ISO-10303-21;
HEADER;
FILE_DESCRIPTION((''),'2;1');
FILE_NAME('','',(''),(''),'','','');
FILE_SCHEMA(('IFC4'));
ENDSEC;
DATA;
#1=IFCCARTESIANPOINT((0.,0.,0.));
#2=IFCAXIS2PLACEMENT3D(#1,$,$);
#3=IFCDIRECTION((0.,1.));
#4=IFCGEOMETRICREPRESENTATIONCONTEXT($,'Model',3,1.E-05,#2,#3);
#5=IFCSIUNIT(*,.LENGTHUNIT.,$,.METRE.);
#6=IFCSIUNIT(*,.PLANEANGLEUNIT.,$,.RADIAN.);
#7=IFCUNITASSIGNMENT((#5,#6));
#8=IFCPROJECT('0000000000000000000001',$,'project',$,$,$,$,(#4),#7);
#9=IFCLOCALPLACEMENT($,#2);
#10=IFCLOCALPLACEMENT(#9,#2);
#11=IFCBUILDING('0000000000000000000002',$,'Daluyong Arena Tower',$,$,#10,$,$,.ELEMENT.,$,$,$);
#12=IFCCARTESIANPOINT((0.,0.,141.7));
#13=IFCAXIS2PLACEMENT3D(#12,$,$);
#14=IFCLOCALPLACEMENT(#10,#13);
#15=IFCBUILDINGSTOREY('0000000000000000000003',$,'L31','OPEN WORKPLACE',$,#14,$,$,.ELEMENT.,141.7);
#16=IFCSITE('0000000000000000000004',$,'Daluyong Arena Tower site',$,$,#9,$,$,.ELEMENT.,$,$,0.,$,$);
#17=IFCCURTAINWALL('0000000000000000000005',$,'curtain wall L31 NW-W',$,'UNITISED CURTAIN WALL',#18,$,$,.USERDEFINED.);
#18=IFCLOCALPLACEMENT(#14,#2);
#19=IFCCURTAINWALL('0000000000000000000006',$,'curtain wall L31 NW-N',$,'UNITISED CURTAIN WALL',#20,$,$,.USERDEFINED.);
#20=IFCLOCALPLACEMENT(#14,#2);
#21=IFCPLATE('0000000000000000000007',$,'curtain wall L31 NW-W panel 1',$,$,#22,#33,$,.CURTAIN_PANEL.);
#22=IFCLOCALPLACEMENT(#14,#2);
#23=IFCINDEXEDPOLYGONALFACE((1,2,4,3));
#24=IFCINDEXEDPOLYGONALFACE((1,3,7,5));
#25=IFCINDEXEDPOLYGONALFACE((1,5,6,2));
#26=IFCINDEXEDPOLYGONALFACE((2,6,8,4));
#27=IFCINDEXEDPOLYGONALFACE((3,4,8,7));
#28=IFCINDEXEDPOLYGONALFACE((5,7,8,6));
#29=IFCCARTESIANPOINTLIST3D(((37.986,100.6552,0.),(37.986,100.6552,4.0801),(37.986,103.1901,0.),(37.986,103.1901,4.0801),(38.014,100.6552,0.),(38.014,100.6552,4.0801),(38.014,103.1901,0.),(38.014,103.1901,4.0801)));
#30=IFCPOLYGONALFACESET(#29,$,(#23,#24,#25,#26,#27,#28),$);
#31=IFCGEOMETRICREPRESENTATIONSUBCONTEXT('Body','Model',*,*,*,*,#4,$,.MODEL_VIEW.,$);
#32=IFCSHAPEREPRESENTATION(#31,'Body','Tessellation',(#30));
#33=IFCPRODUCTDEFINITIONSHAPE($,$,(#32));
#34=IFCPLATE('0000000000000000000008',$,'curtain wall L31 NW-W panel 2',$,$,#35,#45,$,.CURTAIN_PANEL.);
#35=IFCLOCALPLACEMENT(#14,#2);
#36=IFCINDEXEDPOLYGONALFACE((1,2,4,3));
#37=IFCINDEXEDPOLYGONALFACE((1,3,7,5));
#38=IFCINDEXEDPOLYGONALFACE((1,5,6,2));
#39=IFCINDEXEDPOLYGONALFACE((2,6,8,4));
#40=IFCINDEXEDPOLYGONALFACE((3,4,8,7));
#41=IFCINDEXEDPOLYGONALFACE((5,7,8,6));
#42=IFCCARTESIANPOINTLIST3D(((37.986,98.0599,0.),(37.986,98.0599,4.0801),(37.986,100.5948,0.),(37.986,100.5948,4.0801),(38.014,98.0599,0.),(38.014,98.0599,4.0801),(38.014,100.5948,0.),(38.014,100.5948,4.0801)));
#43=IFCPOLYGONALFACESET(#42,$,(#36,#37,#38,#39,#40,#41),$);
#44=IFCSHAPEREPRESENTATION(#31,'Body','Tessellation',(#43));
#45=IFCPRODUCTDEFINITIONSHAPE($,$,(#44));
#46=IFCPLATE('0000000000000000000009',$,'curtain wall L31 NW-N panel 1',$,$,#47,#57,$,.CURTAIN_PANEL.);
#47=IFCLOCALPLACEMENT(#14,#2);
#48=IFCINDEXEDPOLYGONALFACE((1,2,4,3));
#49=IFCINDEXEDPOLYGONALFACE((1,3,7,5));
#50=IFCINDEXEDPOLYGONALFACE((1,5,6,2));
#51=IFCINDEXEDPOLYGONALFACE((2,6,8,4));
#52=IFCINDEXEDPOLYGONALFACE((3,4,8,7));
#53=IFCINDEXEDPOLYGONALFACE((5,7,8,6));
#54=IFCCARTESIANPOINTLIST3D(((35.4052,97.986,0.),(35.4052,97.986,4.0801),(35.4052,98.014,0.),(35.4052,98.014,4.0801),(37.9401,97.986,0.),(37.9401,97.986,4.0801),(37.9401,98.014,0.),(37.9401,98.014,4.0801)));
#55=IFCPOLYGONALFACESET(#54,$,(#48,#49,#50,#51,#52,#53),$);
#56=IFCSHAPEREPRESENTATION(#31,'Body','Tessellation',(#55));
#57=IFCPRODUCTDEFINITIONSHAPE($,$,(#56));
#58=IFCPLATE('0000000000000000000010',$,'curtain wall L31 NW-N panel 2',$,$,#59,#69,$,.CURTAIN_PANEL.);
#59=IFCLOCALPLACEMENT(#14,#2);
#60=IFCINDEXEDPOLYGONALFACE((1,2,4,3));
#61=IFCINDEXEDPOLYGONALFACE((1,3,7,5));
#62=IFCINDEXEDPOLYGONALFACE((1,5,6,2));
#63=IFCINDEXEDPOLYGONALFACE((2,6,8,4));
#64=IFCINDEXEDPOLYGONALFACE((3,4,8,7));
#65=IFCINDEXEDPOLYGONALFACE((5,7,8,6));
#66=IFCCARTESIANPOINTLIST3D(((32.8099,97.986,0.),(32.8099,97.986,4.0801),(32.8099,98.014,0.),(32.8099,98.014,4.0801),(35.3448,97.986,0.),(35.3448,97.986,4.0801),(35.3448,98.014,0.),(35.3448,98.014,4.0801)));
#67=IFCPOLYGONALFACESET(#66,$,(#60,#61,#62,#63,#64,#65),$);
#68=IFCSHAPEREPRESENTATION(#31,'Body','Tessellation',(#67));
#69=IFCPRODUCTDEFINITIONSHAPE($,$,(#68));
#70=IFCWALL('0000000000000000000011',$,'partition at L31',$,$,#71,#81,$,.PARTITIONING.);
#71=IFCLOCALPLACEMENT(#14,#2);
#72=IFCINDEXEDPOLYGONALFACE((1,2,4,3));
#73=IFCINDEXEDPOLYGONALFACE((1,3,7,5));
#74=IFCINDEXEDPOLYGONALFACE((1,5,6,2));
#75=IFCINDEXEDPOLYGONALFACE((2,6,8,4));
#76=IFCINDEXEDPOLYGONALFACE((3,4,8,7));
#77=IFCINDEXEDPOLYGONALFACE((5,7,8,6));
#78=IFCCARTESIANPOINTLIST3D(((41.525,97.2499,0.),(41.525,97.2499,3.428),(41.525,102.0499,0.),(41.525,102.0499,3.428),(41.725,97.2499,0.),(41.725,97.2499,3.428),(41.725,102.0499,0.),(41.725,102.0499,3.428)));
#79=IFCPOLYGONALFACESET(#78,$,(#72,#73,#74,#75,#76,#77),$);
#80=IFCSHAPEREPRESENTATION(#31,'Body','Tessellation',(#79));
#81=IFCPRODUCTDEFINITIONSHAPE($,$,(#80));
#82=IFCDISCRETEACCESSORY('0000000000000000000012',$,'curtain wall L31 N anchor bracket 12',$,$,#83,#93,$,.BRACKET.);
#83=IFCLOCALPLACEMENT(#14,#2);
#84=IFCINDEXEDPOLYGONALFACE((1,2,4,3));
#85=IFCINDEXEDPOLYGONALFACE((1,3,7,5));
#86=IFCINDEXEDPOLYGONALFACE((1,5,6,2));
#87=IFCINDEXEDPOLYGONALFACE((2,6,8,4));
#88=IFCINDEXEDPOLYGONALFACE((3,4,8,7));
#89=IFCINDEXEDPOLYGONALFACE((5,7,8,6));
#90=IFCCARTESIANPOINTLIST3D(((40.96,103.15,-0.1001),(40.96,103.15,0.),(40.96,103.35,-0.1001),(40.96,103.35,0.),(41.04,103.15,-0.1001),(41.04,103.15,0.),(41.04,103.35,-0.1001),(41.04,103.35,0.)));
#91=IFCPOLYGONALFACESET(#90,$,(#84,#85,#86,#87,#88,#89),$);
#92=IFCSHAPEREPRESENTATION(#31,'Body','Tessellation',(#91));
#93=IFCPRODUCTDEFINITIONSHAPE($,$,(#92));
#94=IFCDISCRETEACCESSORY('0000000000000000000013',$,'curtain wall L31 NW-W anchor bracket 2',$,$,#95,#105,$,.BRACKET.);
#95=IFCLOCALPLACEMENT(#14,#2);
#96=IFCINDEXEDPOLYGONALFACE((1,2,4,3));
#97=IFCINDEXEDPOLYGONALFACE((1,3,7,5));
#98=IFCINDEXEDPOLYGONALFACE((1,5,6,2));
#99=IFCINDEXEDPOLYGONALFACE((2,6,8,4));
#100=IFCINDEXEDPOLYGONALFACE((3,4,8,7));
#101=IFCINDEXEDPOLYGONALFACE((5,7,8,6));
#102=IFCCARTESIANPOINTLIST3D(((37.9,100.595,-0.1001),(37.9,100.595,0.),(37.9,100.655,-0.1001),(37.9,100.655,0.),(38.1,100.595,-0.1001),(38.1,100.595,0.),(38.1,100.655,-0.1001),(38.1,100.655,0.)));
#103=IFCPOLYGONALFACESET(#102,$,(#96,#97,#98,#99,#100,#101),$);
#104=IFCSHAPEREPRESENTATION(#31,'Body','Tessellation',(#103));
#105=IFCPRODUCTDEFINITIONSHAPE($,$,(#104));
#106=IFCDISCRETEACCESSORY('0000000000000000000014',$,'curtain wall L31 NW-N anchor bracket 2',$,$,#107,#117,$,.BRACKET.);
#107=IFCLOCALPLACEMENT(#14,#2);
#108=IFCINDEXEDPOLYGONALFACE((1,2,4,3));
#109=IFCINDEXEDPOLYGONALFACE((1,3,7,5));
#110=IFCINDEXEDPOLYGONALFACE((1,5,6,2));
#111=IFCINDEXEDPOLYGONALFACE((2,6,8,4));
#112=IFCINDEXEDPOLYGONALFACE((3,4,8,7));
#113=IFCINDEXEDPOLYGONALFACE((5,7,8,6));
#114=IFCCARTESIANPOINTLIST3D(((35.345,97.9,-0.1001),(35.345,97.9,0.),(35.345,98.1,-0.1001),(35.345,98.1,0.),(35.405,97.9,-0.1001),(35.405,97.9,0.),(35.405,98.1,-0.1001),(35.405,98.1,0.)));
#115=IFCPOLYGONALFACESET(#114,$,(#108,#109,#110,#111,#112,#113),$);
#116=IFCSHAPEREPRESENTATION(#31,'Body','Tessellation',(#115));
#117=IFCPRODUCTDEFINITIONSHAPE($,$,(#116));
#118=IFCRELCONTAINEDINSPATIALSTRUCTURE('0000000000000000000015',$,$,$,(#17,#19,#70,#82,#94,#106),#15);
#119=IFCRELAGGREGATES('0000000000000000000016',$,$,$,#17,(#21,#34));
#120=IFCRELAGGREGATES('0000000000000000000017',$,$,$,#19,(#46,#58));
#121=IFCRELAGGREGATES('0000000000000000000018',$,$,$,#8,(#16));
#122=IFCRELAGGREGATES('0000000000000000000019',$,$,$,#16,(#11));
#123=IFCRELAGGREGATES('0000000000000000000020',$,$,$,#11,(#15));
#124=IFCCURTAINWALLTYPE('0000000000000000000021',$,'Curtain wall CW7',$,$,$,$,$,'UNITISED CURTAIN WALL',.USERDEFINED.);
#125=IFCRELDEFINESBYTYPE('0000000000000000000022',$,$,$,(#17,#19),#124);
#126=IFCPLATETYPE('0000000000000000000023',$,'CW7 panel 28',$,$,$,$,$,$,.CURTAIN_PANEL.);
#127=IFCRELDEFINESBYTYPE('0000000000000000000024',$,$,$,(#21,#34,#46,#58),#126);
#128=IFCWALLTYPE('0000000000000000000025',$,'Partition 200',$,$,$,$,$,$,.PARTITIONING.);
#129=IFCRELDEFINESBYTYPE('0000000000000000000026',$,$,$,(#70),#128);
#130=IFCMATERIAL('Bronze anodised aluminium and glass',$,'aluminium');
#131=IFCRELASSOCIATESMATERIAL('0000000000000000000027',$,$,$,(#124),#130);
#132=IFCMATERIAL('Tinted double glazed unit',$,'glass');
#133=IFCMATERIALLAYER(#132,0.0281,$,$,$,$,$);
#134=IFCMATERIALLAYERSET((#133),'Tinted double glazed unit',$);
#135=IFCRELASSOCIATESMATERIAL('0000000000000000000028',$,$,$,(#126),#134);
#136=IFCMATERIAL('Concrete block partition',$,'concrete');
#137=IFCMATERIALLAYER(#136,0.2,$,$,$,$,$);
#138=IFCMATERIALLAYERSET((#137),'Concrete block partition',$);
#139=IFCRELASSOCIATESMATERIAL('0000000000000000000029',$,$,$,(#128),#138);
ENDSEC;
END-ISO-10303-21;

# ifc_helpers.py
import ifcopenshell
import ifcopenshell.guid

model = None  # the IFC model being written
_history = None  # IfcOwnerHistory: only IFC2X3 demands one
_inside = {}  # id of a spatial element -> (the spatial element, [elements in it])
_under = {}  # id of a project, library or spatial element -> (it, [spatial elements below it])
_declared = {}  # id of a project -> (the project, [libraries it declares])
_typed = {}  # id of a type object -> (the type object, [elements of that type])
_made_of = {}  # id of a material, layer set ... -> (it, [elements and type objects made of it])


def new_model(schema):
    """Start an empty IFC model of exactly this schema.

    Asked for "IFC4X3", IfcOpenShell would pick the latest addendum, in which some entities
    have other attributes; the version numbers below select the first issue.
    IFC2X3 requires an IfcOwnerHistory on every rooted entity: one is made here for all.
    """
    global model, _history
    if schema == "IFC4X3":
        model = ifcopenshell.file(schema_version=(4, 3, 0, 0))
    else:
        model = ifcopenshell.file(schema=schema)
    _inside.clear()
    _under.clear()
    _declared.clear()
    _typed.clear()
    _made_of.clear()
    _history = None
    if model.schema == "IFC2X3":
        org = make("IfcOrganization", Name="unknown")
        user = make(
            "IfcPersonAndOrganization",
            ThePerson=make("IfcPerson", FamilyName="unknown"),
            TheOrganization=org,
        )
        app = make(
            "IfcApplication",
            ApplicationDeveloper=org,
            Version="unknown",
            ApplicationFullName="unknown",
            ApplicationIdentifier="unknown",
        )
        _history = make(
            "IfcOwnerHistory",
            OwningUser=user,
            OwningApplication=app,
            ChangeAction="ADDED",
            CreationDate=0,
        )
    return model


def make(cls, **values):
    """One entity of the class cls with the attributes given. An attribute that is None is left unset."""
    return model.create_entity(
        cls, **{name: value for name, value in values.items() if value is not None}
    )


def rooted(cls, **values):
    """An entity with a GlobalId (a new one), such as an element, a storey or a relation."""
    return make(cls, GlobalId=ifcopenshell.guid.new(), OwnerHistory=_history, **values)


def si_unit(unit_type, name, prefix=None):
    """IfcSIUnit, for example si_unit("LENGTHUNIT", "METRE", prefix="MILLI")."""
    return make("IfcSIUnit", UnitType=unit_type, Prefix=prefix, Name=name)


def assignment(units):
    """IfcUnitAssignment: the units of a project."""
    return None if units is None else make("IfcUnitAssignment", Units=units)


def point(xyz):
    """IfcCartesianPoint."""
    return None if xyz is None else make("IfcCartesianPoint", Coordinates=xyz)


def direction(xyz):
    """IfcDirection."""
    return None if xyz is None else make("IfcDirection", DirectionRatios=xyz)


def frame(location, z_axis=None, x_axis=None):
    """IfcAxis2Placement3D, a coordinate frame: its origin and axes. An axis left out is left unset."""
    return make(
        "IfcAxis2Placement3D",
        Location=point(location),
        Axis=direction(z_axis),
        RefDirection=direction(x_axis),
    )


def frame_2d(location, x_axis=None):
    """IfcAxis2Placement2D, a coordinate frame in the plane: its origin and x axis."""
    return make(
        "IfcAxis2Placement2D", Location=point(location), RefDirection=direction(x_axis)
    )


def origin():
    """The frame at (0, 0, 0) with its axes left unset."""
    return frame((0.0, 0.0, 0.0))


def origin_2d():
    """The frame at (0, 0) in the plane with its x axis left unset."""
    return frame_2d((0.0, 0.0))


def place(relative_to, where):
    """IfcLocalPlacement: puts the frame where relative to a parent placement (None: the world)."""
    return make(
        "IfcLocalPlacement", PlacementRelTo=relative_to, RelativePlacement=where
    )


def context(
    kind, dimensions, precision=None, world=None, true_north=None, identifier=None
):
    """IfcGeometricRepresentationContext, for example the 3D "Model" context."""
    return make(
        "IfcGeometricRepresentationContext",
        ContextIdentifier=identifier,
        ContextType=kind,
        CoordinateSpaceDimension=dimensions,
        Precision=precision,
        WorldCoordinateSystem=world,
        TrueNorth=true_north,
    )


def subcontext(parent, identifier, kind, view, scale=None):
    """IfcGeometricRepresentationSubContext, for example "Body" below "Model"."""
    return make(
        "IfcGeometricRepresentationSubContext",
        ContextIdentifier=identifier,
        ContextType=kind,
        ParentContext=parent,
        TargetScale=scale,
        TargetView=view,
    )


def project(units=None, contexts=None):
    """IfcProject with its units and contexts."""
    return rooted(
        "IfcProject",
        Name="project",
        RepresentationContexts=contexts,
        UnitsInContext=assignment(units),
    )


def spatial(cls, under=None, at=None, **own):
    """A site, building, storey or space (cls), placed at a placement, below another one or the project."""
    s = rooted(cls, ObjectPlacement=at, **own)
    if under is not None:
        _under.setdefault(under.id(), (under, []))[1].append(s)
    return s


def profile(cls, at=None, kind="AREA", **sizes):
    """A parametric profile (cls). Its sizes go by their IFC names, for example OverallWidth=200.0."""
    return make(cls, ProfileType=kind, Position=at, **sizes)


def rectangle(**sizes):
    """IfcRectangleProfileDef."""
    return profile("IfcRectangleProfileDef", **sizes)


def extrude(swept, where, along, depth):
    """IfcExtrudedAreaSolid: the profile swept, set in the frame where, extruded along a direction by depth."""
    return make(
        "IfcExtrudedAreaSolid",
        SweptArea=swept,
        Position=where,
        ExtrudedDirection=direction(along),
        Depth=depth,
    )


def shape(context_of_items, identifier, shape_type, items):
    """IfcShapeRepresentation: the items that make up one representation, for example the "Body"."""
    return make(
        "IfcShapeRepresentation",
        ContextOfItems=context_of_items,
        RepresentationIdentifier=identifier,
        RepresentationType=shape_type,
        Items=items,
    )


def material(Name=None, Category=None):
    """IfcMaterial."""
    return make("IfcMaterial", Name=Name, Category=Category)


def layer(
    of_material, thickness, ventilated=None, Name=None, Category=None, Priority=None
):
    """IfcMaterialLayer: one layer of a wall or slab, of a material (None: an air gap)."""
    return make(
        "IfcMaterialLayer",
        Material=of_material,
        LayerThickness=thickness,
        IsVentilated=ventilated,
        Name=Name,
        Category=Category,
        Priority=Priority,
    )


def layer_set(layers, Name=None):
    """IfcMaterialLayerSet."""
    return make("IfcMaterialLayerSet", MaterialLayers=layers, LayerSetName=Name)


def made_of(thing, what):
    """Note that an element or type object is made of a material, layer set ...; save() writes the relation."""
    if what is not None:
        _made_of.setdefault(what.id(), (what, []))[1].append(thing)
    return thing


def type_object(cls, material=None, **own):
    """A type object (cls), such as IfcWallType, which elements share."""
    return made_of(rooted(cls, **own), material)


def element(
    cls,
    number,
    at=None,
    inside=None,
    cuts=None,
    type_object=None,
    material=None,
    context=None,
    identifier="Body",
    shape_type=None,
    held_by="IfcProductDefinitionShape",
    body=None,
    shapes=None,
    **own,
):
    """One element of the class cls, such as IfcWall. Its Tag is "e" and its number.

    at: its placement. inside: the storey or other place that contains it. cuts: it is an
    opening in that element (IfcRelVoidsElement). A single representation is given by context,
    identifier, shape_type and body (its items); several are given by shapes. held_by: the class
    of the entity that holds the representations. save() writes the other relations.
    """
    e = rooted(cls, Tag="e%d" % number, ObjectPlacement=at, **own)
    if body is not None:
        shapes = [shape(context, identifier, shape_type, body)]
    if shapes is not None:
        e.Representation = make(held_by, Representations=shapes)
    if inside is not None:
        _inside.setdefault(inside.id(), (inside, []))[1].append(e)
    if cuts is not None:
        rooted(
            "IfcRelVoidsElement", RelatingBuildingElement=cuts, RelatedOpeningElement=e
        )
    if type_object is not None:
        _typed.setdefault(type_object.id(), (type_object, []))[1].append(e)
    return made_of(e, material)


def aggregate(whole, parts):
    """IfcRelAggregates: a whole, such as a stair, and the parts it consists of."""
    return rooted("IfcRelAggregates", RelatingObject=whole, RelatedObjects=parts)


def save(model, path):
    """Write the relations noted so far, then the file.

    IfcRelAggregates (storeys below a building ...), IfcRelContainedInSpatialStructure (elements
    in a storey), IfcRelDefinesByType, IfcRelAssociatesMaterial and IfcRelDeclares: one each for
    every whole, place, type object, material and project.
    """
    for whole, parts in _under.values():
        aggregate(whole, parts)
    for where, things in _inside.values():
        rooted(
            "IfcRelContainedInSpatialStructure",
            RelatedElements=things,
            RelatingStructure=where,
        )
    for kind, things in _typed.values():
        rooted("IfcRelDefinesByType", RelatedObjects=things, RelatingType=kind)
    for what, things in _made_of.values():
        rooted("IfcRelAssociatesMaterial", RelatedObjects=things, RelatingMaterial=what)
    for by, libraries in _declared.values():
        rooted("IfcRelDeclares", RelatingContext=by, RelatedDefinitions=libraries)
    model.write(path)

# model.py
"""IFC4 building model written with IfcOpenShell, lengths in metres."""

from ifc_helpers import new_model, si_unit, direction, frame, frame_2d, origin, origin_2d, place, context, subcontext, project, spatial, rectangle, extrude, material, layer, layer_set, type_object, element, aggregate, save


model = new_model("IFC4")

# Units and contexts
model_context = context("Model", 3, precision=1e-05, world=origin(), true_north=direction((0.0, 1.0)))
body_context = subcontext(model_context, "Body", "Model", "MODEL_VIEW")
ifc_project = project(units=[si_unit("LENGTHUNIT", "METRE"), si_unit("PLANEANGLEUNIT", "RADIAN")], contexts=[model_context])

# Site, building, storey
site_placement = place(None, origin())
site = spatial("IfcSite", under=ifc_project, at=site_placement, Name="Daluyong Arena Tower site", CompositionType="ELEMENT", RefElevation=0.0)
building_placement = place(site_placement, origin())
building = spatial("IfcBuilding", under=site, at=building_placement, Name="Daluyong Arena Tower", CompositionType="ELEMENT")
storey_placement = place(building_placement, frame((0.0, 0.0, 141.7)))
storey = spatial("IfcBuildingStorey", under=building, at=storey_placement, Name="L31", Description="OPEN WORKPLACE", CompositionType="ELEMENT", Elevation=141.7)

# Curtain walls
ifc_material_1 = material(Name="Bronze anodised aluminium and glass", Category="aluminium")
curtain_wall_type_1 = type_object("IfcCurtainWallType", Name="Curtain wall CW7", ElementType="UNITISED CURTAIN WALL", PredefinedType="USERDEFINED", material=ifc_material_1)
curtain_wall_1_placement = place(storey_placement, origin())
curtain_wall_1 = element("IfcCurtainWall", 1, at=curtain_wall_1_placement, inside=storey, type_object=curtain_wall_type_1, Name="curtain wall L31 NW-W", ObjectType="UNITISED CURTAIN WALL", PredefinedType="USERDEFINED")
curtain_wall_2_placement = place(storey_placement, origin())
curtain_wall_2 = element("IfcCurtainWall", 2, at=curtain_wall_2_placement, inside=storey, type_object=curtain_wall_type_1, Name="curtain wall L31 NW-N", ObjectType="UNITISED CURTAIN WALL", PredefinedType="USERDEFINED")

# Plates
ifc_material_2 = material(Name="Tinted double glazed unit", Category="glass")
ifc_layer_1 = layer(ifc_material_2, 0.0281)
ifc_layer_set_1 = layer_set([ifc_layer_1], Name="Tinted double glazed unit")
plate_type_1 = type_object("IfcPlateType", Name="CW7 panel 28", PredefinedType="CURTAIN_PANEL", material=ifc_layer_set_1)
plate_1_placement = place(storey_placement, frame((38.0, 101.9226, 0.0), z_axis=(0.0, 0.0, 1.0), x_axis=(0.0, -1.0, 0.0)))
plate_1 = element("IfcPlate", 3, at=plate_1_placement, type_object=plate_type_1, Name="curtain wall L31 NW-W panel 1", PredefinedType="CURTAIN_PANEL", context=body_context, shape_type="SweptSolid", body=[
    extrude(rectangle(XDim=2.5349, YDim=0.0281, at=origin_2d()), origin(), (0.0, 0.0, 1.0), 4.0801),
])
plate_2_placement = place(storey_placement, frame((38.0, 99.3274, 0.0), z_axis=(0.0, 0.0, 1.0), x_axis=(0.0, -1.0, 0.0)))
plate_2 = element("IfcPlate", 4, at=plate_2_placement, type_object=plate_type_1, Name="curtain wall L31 NW-W panel 2", PredefinedType="CURTAIN_PANEL", context=body_context, shape_type="SweptSolid", body=[
    extrude(rectangle(XDim=2.5349, YDim=0.0281, at=origin_2d()), origin(), (0.0, 0.0, 1.0), 4.0801),
])
aggregate(curtain_wall_1, [plate_1, plate_2])
plate_3_placement = place(storey_placement, frame((36.6726, 98.0, 0.0), z_axis=(0.0, 0.0, 1.0), x_axis=(-1.0, 0.0, 0.0)))
plate_3 = element("IfcPlate", 5, at=plate_3_placement, type_object=plate_type_1, Name="curtain wall L31 NW-N panel 1", PredefinedType="CURTAIN_PANEL", context=body_context, shape_type="SweptSolid", body=[
    extrude(rectangle(XDim=2.5349, YDim=0.0281, at=origin_2d()), origin(), (0.0, 0.0, 1.0), 4.0801),
])
plate_4_placement = place(storey_placement, frame((34.0774, 98.0, 0.0), z_axis=(0.0, 0.0, 1.0), x_axis=(-1.0, 0.0, 0.0)))
plate_4 = element("IfcPlate", 6, at=plate_4_placement, type_object=plate_type_1, Name="curtain wall L31 NW-N panel 2", PredefinedType="CURTAIN_PANEL", context=body_context, shape_type="SweptSolid", body=[
    extrude(rectangle(XDim=2.5349, YDim=0.0281, at=origin_2d()), origin(), (0.0, 0.0, 1.0), 4.0801),
])
aggregate(curtain_wall_2, [plate_3, plate_4])

# Wall
ifc_material_3 = material(Name="Concrete block partition", Category="concrete")
ifc_layer_2 = layer(ifc_material_3, 0.2)
ifc_layer_set_2 = layer_set([ifc_layer_2], Name="Concrete block partition")
wall_type_1 = type_object("IfcWallType", Name="Partition 200", PredefinedType="PARTITIONING", material=ifc_layer_set_2)
wall_1_placement = place(storey_placement, frame((41.625, 97.25, 0.0), z_axis=(0.0, 0.0, 1.0), x_axis=(0.0, 1.0, 0.0)))
element("IfcWall", 7, at=wall_1_placement, inside=storey, type_object=wall_type_1, Name="partition at L31", PredefinedType="PARTITIONING", context=body_context, shape_type="SweptSolid", body=[
    extrude(rectangle(XDim=4.8, YDim=0.2, at=frame_2d((2.3999, 0.0))), origin(), (0.0, 0.0, 1.0), 3.428),
])

# Discrete accessories
discrete_accessory_placement = place(storey_placement, frame((41.0, 103.25, -0.1001), z_axis=(0.0, 0.0, 1.0), x_axis=(-1.0, 0.0, 0.0)))
element("IfcDiscreteAccessory", 8, at=discrete_accessory_placement, inside=storey, Name="curtain wall L31 N anchor bracket 12", PredefinedType="BRACKET", context=body_context, shape_type="SweptSolid", body=[
    extrude(rectangle(XDim=0.0801, YDim=0.2, at=origin_2d()), origin(), (0.0, 0.0, 1.0), 0.1001),
])
for number, where, z_axis, x_axis, name in (
    (9, (38.0, 100.625, -0.1001), (0.0, 0.0, 1.0), (0.0, -1.0, 0.0), "curtain wall L31 NW-W anchor bracket 2"),
    (10, (35.375, 98.0, -0.1001), (0.0, 0.0, 1.0), (-1.0, 0.0, 0.0), "curtain wall L31 NW-N anchor bracket 2"),
):
    element("IfcDiscreteAccessory", number, at=place(storey_placement, frame(where, z_axis=z_axis, x_axis=x_axis)), inside=storey, Name=name, PredefinedType="BRACKET", context=body_context, shape_type="SweptSolid", body=[
        extrude(rectangle(XDim=0.0601, YDim=0.2, at=origin_2d()), origin(), (0.0, 0.0, 1.0), 0.1001),
    ])

save(model, "model.ifc")
